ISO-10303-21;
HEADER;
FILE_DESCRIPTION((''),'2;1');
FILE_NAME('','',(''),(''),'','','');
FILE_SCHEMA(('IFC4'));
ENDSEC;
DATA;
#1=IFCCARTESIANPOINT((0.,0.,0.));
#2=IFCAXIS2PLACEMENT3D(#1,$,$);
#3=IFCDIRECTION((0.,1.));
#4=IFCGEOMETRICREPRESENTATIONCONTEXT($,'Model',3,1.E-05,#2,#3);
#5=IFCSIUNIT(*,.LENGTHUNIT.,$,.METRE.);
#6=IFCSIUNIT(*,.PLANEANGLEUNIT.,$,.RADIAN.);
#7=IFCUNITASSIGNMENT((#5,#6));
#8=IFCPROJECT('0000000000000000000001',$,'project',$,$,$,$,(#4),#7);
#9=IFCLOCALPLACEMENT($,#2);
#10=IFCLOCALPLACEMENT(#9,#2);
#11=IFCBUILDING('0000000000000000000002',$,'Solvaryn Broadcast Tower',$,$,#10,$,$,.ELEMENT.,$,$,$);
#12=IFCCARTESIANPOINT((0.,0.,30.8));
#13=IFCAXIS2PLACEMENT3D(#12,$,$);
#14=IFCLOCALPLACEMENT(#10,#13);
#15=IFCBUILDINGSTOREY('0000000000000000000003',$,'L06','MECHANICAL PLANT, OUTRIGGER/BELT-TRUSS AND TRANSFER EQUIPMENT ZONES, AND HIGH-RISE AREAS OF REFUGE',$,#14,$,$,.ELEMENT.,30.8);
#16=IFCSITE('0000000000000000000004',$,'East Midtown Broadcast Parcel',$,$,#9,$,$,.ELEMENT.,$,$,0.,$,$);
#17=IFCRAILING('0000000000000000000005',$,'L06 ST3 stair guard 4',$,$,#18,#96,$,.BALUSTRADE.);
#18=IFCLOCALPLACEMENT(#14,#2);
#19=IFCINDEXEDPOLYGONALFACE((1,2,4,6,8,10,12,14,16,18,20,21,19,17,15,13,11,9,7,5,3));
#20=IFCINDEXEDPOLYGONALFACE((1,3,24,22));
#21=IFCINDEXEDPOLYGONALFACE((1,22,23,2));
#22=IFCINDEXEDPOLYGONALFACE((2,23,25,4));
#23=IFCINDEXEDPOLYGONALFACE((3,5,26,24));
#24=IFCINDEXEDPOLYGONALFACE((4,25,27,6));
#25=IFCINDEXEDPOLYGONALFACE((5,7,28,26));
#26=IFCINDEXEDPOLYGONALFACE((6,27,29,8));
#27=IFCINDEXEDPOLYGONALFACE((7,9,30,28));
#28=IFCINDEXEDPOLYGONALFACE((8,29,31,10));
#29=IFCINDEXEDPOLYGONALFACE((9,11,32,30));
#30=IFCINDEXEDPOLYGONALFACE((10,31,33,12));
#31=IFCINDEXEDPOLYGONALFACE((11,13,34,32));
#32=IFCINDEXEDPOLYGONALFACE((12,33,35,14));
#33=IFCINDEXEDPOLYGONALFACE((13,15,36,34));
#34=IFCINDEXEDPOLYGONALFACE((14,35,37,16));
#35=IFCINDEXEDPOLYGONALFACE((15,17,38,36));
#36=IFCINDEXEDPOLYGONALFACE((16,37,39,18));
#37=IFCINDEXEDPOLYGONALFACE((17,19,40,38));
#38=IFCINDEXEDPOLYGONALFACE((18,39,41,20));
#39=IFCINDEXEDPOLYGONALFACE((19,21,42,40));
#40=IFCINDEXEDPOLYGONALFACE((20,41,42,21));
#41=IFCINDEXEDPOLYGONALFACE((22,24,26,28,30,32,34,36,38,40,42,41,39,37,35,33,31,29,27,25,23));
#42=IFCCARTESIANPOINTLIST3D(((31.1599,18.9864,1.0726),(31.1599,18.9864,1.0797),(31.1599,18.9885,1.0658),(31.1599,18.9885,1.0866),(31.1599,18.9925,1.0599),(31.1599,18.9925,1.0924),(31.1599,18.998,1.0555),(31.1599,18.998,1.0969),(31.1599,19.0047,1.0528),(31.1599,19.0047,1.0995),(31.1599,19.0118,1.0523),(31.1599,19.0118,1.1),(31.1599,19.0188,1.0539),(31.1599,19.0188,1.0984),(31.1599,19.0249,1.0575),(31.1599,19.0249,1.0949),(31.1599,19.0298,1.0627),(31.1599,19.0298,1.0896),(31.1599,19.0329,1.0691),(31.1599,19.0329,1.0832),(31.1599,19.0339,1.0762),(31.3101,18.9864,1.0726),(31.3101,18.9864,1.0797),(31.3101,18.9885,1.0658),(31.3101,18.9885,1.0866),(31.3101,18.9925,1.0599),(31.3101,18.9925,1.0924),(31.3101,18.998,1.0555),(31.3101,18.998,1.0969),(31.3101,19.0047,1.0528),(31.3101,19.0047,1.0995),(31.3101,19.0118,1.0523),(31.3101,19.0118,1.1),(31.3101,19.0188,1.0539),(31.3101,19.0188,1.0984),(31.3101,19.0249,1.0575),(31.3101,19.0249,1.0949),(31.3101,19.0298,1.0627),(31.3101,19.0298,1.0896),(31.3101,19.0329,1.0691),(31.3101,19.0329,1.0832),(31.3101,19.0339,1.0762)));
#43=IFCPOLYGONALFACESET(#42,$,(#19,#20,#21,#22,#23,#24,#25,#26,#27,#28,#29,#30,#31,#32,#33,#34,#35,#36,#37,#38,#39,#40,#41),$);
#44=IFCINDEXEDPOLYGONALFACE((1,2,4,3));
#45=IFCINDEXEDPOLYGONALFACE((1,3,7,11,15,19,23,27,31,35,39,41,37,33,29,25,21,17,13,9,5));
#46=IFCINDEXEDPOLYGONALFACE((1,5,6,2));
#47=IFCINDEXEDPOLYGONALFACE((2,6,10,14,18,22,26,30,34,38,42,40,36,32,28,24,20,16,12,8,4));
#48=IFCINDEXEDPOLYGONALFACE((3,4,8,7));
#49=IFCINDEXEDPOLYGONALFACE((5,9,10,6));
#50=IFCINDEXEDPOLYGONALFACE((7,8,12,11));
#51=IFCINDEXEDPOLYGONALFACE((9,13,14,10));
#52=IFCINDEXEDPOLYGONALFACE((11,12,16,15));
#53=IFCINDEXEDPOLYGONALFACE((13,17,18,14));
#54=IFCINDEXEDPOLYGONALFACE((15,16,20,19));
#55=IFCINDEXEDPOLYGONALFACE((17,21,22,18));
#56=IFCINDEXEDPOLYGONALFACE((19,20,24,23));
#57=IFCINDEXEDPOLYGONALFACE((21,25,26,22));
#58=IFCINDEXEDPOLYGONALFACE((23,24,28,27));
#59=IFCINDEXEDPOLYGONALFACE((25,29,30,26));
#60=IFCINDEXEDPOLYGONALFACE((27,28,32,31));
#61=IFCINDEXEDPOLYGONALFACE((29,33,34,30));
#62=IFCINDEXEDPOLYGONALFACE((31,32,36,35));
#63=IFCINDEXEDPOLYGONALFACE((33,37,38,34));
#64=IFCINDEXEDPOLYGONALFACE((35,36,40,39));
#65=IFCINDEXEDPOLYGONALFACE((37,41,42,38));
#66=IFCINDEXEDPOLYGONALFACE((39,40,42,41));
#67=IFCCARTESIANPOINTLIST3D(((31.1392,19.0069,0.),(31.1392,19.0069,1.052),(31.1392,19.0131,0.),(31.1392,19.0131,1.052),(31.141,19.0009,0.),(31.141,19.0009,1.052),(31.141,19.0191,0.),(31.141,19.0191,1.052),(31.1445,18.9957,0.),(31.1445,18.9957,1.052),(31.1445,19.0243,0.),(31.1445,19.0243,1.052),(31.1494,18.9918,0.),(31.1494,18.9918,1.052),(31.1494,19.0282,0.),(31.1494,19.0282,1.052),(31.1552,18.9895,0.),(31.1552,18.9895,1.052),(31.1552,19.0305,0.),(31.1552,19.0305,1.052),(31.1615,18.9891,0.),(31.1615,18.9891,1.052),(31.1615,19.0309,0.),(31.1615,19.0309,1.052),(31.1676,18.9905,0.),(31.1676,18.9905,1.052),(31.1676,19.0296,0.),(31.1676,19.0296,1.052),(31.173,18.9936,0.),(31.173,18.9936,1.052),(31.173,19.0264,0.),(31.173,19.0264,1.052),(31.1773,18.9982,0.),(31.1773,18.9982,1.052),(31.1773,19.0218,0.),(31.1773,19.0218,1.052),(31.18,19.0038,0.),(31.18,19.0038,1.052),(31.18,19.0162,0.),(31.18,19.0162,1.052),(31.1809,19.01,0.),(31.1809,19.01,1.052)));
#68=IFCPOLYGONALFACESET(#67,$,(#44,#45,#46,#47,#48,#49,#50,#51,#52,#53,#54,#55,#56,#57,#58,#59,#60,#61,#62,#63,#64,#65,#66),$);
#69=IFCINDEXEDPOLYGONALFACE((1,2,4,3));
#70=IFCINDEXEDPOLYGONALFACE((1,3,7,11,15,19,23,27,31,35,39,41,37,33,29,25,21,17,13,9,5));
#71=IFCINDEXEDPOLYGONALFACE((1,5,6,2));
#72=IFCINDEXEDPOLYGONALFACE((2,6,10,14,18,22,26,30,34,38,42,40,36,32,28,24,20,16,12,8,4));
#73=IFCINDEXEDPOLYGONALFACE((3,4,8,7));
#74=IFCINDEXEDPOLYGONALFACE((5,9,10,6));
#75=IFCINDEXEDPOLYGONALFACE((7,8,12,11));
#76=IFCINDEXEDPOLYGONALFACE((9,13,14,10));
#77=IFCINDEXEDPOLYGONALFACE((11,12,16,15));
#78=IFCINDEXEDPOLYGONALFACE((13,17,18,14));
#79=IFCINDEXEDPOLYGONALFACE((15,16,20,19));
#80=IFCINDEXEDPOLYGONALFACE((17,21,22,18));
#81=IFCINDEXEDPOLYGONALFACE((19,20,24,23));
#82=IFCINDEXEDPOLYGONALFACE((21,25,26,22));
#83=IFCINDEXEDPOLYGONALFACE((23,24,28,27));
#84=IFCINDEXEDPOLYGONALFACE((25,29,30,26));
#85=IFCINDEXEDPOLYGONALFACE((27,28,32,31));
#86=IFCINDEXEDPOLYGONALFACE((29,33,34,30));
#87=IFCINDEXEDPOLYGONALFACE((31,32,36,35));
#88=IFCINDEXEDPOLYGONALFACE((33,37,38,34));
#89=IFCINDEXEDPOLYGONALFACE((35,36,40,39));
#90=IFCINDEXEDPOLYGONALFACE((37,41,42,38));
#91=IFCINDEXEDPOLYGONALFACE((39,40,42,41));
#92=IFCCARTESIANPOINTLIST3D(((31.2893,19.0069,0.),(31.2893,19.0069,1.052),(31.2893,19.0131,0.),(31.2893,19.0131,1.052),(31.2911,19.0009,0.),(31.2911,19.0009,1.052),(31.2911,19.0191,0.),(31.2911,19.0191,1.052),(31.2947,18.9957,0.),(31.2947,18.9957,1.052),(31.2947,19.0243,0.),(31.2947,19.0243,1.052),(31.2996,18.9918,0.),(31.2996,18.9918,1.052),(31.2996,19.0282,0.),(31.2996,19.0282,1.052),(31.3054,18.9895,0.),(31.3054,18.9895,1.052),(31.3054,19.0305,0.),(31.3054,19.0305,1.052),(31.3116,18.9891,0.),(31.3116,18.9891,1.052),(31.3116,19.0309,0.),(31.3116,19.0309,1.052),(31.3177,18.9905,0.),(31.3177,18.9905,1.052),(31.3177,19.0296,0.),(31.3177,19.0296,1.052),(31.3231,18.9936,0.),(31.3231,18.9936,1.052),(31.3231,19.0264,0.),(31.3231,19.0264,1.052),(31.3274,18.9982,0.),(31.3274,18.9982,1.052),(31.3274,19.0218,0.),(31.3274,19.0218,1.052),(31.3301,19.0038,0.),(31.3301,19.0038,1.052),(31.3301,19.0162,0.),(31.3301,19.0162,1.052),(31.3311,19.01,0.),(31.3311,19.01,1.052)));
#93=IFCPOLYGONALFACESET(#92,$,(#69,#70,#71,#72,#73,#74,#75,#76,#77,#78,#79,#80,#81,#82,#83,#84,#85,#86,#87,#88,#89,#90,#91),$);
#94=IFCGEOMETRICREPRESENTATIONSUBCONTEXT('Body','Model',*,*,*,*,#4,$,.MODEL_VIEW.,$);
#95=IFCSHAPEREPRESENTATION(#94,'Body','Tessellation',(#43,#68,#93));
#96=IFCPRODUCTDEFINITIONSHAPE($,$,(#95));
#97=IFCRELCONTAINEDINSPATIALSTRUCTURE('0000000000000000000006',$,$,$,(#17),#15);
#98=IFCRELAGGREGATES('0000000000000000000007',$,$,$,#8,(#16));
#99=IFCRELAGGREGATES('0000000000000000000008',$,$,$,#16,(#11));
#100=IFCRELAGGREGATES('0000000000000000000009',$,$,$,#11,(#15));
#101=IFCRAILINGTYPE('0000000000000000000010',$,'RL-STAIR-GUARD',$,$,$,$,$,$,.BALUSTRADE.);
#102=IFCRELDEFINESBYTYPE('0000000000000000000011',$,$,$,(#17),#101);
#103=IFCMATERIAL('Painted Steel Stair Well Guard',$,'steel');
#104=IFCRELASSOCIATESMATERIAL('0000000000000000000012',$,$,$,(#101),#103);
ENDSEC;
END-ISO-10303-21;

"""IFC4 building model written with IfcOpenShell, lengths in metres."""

from ifc_helpers import new_model, si_unit, direction, frame, origin, origin_2d, place, context, subcontext, project, spatial, circle, extrude, material, type_object, element, save


model = new_model("IFC4")

# Units and contexts
model_context = context("Model", 3, precision=1e-05, world=origin(), true_north=direction((0.0, 1.0)))
body_context = subcontext(model_context, "Body", "Model", "MODEL_VIEW")
ifc_project = project(units=[si_unit("LENGTHUNIT", "METRE"), si_unit("PLANEANGLEUNIT", "RADIAN")], contexts=[model_context])

# Site, building, storey
site_placement = place(None, origin())
site = spatial("IfcSite", under=ifc_project, at=site_placement, Name="East Midtown Broadcast Parcel", CompositionType="ELEMENT", RefElevation=0.0)
building_placement = place(site_placement, origin())
building = spatial("IfcBuilding", under=site, at=building_placement, Name="Solvaryn Broadcast Tower", CompositionType="ELEMENT")
storey_placement = place(building_placement, frame((0.0, 0.0, 30.8)))
storey = spatial("IfcBuildingStorey", under=building, at=storey_placement, Name="L06", Description="MECHANICAL PLANT, OUTRIGGER/BELT-TRUSS AND TRANSFER EQUIPMENT ZONES, AND HIGH-RISE AREAS OF REFUGE", CompositionType="ELEMENT", Elevation=30.8)

# Railing
ifc_material_1 = material(Name="Painted Steel Stair Well Guard", Category="steel")
railing_type_1 = type_object("IfcRailingType", Name="RL-STAIR-GUARD", PredefinedType="BALUSTRADE", material=ifc_material_1)
railing_1_placement = place(storey_placement, frame((31.1599, 19.01, 0.0)))
element("IfcRailing", 1, at=railing_1_placement, inside=storey, type_object=railing_type_1, Name="L06 ST3 stair guard 4", PredefinedType="BALUSTRADE", context=body_context, shape_type="SweptSolid", body=[
    extrude(circle(Radius=0.0239, at=origin_2d()), frame((0.0, 0.0, 1.0762), z_axis=(1.0, 0.0, 0.0), x_axis=(0.0, 1.0, 0.0)), (0.0, 0.0, 1.0), 0.1501),
    extrude(circle(Radius=0.021, at=origin_2d()), origin(), (0.0, 0.0, 1.0), 1.052),
    extrude(circle(Radius=0.021, at=origin_2d()), frame((0.1501, 0.0, 0.0)), (0.0, 0.0, 1.0), 1.052),
])

save(model, "model.ifc")
